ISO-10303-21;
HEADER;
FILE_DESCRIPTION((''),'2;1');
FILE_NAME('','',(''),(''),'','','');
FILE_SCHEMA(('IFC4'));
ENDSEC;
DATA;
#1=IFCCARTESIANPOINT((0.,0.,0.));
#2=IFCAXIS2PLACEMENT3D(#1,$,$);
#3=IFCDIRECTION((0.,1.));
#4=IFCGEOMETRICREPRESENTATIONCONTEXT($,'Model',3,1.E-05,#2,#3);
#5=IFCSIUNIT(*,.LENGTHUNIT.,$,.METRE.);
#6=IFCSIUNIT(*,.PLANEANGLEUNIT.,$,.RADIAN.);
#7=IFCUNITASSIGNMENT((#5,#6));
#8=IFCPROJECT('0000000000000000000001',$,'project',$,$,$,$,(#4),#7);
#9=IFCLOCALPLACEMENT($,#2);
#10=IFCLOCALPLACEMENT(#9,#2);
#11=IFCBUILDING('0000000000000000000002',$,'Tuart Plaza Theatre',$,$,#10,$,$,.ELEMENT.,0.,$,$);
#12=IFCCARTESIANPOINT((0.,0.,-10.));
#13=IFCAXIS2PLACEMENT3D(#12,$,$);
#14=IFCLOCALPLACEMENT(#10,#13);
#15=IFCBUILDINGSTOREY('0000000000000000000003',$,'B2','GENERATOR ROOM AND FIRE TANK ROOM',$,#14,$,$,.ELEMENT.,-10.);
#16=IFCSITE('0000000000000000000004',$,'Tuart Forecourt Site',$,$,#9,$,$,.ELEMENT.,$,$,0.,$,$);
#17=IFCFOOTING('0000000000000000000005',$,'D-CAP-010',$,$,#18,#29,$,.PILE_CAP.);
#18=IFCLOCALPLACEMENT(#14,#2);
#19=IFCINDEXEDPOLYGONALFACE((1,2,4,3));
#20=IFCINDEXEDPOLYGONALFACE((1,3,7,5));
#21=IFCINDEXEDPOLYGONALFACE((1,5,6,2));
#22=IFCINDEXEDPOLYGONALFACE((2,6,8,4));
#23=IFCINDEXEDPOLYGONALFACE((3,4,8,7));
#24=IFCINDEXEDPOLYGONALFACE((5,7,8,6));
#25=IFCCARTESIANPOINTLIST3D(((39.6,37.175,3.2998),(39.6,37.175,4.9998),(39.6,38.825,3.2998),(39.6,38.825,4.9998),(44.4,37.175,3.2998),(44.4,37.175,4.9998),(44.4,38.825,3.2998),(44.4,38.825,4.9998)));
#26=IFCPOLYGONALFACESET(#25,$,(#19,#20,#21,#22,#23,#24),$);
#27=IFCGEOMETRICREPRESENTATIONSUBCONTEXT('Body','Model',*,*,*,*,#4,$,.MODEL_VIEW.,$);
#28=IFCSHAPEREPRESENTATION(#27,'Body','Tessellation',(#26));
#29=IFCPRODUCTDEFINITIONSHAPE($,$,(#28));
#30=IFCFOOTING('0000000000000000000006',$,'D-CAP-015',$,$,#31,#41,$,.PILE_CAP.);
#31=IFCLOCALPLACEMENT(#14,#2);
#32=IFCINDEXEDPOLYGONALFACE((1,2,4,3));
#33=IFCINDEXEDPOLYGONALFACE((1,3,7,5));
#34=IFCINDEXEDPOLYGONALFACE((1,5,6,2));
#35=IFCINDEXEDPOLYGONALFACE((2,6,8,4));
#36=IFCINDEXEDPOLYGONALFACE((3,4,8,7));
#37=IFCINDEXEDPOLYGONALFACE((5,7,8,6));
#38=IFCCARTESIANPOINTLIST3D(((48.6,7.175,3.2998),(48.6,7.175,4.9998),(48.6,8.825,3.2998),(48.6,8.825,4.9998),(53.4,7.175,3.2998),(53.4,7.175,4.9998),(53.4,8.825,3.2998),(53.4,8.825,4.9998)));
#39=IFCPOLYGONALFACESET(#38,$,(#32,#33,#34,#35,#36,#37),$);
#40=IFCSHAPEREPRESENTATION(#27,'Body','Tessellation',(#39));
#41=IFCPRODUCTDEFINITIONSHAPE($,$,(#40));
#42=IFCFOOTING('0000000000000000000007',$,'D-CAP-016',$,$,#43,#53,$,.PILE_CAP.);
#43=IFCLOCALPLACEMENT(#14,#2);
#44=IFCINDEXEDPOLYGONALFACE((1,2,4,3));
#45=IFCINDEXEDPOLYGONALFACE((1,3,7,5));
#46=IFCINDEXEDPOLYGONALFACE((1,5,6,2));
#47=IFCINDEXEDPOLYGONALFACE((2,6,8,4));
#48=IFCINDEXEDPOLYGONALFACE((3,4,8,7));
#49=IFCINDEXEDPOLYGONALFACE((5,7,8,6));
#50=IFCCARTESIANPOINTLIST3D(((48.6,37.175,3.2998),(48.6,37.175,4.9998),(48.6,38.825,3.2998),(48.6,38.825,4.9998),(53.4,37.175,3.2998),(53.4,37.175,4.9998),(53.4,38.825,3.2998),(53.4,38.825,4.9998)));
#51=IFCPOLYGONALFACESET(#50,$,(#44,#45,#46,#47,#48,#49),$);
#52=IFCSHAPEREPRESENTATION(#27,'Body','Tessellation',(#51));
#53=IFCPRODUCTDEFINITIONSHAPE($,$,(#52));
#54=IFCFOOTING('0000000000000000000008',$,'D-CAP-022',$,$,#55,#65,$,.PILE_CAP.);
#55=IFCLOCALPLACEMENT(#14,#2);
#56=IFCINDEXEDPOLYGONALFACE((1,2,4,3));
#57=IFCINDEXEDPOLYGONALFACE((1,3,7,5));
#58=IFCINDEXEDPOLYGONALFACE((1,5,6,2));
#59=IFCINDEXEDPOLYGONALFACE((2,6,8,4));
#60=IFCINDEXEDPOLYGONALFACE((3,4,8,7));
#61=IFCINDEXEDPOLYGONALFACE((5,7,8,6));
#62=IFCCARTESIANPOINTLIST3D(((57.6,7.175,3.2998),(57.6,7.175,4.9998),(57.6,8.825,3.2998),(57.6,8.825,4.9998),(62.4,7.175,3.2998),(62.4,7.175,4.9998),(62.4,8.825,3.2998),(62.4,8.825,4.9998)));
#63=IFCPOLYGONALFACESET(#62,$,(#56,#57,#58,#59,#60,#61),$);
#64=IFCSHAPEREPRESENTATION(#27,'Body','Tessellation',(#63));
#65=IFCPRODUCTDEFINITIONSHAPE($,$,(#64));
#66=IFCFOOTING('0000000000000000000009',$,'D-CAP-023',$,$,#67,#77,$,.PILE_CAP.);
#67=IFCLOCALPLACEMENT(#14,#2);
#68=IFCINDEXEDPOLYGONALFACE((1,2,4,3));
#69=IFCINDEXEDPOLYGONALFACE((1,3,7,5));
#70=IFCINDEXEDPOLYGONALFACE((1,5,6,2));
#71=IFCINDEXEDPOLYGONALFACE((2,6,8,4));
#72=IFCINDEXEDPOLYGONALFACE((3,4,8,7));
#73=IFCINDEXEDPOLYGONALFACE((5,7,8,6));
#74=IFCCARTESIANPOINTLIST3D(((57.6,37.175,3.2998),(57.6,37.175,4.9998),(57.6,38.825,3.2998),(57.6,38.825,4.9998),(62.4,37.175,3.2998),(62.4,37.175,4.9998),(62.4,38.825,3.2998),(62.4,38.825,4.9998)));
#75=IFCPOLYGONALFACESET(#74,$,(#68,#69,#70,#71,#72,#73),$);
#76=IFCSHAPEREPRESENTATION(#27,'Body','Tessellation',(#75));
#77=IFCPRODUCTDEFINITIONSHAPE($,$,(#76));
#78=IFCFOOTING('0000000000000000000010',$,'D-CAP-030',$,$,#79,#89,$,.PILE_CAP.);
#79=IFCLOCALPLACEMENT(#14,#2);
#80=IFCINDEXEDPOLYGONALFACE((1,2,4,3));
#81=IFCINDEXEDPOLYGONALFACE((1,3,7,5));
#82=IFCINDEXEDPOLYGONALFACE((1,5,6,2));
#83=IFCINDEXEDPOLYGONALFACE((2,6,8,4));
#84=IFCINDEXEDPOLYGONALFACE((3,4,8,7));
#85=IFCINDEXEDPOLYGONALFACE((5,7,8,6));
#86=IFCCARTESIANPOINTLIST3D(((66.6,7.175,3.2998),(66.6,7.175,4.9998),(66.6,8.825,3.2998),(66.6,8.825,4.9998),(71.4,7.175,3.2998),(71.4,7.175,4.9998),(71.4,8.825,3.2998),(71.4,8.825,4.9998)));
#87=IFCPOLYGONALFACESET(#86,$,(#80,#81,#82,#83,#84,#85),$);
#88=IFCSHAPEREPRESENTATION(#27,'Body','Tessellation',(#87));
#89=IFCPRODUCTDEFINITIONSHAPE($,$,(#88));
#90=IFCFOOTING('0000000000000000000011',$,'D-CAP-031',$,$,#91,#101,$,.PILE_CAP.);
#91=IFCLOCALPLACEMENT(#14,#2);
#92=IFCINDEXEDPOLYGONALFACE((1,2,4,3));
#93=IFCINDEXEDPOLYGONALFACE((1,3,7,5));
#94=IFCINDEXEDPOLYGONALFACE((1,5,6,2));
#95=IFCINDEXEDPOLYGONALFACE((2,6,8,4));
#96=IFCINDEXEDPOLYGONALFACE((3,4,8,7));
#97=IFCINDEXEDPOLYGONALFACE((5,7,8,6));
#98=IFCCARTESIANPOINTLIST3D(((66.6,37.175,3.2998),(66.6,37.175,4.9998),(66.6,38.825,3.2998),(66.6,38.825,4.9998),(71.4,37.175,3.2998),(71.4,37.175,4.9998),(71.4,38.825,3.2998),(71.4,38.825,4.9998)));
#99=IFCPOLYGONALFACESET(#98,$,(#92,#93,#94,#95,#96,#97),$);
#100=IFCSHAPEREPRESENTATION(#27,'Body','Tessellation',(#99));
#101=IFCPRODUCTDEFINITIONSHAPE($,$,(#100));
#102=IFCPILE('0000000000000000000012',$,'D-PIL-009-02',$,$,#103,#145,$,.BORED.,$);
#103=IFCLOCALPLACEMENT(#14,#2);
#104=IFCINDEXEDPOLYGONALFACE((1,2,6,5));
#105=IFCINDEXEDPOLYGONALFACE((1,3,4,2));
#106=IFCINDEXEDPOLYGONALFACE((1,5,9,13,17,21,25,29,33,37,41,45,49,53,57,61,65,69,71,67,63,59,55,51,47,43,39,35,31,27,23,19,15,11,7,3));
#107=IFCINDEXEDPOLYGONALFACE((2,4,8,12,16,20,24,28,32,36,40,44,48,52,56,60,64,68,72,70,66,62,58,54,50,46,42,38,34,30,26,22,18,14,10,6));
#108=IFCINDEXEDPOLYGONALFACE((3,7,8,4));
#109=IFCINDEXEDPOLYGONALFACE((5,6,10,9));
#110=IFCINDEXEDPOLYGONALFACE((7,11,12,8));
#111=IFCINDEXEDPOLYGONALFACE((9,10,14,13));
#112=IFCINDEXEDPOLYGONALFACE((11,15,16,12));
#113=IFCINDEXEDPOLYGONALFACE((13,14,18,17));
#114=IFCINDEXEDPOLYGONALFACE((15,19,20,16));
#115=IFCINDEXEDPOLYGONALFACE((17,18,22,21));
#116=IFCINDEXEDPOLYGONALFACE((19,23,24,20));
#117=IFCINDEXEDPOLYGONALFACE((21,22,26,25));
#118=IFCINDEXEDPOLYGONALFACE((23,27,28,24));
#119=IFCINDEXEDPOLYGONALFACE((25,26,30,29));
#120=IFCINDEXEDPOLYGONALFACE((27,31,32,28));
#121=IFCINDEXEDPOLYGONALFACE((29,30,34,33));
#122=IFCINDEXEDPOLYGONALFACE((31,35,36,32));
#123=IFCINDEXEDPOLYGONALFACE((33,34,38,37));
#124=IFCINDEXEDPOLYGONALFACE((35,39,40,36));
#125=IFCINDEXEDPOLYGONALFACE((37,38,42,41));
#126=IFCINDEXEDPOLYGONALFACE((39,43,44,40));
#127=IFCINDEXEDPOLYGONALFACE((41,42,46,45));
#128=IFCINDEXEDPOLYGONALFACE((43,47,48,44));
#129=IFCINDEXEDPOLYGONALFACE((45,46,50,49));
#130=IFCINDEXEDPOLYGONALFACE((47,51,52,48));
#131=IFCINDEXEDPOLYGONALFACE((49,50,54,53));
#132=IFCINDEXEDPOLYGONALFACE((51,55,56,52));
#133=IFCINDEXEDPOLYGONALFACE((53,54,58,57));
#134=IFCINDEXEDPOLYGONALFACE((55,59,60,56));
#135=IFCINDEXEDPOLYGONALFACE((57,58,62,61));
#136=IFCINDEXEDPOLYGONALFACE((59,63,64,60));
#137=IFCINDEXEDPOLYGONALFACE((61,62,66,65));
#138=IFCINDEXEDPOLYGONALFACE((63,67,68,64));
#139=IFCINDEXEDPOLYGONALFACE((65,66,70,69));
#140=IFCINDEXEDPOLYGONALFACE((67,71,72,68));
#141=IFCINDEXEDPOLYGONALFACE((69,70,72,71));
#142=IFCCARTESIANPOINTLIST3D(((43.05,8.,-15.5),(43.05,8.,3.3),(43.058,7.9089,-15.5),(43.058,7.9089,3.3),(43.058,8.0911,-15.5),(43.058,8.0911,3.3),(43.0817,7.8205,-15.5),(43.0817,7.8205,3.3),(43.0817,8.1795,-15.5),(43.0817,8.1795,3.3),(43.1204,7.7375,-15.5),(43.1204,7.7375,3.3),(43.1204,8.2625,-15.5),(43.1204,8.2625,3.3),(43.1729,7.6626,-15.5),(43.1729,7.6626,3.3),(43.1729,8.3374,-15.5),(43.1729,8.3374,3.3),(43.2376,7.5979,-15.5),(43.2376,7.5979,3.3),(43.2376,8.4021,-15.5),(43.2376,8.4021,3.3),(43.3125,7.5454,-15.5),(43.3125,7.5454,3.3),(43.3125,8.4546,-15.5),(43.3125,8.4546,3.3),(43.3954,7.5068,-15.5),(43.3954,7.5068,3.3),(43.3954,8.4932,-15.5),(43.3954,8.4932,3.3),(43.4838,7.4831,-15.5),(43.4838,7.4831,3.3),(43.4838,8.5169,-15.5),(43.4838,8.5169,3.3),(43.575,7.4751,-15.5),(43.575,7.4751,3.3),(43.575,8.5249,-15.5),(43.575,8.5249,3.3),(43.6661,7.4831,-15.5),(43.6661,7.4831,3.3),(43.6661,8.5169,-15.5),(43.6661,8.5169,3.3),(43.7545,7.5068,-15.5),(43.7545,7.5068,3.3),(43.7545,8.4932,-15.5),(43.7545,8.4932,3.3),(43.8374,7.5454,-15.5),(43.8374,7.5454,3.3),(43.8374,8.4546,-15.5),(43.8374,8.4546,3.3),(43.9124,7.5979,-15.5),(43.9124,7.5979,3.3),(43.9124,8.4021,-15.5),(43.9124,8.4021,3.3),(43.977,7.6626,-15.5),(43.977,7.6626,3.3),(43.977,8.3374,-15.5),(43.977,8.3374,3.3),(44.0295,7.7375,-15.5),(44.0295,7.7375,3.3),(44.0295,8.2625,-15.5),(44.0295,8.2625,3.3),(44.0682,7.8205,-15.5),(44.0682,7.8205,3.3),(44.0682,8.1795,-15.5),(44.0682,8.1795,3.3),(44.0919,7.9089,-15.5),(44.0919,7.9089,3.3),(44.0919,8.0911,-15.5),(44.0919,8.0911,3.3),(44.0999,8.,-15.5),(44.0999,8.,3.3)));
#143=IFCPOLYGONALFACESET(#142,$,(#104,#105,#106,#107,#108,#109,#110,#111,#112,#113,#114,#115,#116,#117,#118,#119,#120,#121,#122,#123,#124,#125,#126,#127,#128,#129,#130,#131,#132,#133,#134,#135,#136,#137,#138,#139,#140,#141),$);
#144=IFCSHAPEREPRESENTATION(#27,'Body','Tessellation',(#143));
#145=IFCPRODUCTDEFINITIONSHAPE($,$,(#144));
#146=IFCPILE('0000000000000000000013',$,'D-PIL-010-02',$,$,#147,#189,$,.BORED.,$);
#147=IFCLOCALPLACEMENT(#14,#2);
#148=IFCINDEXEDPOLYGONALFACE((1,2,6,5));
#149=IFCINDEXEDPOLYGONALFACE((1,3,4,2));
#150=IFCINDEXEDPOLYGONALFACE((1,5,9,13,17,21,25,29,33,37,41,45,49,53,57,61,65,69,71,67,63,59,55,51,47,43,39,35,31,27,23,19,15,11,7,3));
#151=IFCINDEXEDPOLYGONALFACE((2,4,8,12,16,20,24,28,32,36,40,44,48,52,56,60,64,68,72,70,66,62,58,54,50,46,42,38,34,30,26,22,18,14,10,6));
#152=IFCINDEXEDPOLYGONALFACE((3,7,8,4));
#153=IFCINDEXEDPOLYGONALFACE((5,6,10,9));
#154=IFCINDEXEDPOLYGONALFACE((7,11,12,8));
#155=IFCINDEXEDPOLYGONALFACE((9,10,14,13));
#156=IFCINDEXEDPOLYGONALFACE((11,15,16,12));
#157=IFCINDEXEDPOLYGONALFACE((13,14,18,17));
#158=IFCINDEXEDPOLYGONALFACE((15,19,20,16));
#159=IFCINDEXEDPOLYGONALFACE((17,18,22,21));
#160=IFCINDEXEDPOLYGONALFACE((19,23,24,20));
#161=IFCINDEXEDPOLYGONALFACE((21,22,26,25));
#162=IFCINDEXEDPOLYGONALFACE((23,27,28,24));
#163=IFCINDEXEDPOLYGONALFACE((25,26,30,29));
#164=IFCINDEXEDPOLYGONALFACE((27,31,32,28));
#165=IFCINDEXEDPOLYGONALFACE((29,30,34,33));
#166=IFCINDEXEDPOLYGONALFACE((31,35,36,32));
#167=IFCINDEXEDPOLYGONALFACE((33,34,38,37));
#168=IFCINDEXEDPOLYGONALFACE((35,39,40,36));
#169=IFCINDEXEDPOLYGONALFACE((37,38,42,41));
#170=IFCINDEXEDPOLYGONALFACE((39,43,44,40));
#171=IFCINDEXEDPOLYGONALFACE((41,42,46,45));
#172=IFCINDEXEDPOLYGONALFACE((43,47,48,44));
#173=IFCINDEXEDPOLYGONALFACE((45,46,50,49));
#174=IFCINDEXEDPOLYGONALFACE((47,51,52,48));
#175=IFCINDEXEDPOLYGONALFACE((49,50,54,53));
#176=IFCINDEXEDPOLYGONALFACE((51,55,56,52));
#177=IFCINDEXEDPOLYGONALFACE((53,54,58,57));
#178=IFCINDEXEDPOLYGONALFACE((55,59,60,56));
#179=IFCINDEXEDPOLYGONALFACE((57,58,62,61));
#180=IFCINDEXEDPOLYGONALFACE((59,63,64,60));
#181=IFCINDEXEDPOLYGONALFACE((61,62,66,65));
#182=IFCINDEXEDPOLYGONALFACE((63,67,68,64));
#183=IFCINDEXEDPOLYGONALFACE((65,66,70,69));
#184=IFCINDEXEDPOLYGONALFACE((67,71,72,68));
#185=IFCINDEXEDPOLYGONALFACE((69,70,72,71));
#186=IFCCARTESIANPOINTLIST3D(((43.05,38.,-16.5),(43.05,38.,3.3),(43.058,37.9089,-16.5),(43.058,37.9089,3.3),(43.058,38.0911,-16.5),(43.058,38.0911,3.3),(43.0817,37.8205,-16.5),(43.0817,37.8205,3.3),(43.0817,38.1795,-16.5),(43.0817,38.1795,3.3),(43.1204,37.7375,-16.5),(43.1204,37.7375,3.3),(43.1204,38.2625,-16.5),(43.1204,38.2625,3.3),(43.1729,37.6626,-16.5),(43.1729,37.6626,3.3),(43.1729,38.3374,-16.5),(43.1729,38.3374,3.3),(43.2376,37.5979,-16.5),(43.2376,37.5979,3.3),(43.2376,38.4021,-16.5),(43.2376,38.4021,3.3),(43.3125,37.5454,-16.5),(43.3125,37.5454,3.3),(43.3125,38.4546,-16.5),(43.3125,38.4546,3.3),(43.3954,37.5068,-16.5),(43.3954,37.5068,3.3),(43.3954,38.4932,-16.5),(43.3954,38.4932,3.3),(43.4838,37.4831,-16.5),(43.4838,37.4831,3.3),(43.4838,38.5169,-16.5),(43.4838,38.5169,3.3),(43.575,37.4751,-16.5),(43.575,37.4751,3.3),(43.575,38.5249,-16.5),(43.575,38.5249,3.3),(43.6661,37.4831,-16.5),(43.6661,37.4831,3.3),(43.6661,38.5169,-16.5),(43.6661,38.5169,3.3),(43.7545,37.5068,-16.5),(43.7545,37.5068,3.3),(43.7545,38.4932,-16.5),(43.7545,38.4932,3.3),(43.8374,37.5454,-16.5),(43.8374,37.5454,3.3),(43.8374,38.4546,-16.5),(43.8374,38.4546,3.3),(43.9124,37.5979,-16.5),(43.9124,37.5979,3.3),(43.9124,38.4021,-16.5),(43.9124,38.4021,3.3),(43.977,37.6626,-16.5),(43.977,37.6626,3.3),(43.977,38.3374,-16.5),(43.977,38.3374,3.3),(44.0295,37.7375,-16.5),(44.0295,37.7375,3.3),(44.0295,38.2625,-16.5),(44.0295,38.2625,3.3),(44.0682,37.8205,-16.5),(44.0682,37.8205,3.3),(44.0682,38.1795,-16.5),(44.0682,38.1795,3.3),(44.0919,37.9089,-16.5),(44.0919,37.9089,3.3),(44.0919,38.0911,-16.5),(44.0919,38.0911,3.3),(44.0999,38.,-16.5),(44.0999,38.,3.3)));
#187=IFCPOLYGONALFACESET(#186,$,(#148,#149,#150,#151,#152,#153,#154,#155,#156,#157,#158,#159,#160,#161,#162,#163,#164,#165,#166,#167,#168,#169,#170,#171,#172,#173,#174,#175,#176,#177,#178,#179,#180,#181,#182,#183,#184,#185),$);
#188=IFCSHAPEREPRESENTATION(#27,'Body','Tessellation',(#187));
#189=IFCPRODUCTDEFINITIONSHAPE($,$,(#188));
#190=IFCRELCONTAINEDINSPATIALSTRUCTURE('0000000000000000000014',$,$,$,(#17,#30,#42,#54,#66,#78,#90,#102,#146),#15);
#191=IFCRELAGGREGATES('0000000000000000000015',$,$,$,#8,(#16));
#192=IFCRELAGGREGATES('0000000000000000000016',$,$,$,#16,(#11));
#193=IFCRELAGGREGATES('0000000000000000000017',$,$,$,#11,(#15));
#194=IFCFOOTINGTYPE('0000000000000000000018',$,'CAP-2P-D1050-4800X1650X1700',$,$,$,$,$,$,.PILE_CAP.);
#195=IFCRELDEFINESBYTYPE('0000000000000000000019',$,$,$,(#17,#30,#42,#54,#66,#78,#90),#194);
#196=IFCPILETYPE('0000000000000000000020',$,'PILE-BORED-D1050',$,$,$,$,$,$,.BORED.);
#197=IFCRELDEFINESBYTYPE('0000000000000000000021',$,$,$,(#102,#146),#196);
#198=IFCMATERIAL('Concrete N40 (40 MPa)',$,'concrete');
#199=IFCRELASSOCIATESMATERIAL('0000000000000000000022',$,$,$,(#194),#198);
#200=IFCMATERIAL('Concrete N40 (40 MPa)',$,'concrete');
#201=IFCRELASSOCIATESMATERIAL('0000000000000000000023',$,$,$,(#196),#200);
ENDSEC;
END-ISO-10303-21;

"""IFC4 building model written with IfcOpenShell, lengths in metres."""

from ifc_helpers import new_model, si_unit, direction, frame, origin, origin_2d, place, context, subcontext, project, spatial, rectangle, circle, extrude, material, material_profile, profile_set, type_object, element, save


model = new_model("IFC4")

# Units and contexts
model_context = context("Model", 3, precision=1e-05, world=origin(), true_north=direction((0.0, 1.0)))
body_context = subcontext(model_context, "Body", "Model", "MODEL_VIEW")
ifc_project = project(units=[si_unit("LENGTHUNIT", "METRE"), si_unit("PLANEANGLEUNIT", "RADIAN")], contexts=[model_context])

# Site, building, storey
site_placement = place(None, origin())
site = spatial("IfcSite", under=ifc_project, at=site_placement, Name="Tuart Forecourt Site", CompositionType="ELEMENT", RefElevation=0.0)
building_placement = place(site_placement, origin())
building = spatial("IfcBuilding", under=site, at=building_placement, Name="Tuart Plaza Theatre", CompositionType="ELEMENT", ElevationOfRefHeight=0.0)
storey_placement = place(building_placement, frame((0.0, 0.0, -10.0)))
storey = spatial("IfcBuildingStorey", under=building, at=storey_placement, Name="B2", Description="GENERATOR ROOM AND FIRE TANK ROOM", CompositionType="ELEMENT", Elevation=-10.0)

# Footings
ifc_material_1 = material(Name="Concrete N40 (40 MPa)", Category="concrete")
footing_type = type_object("IfcFootingType", Name="CAP-2P-D1050-4800X1650X1700", PredefinedType="PILE_CAP", material=ifc_material_1)
for number, where, z_axis, x_axis, name in (
    (1, (42.0, 38.0, 3.2998), (0.0, 0.0, 1.0), (1.0, 0.0, 0.0), "D-CAP-010"),
    (2, (51.0, 8.0, 3.2998), (0.0, 0.0, 1.0), (1.0, 0.0, 0.0), "D-CAP-015"),
    (3, (51.0, 38.0, 3.2998), (0.0, 0.0, 1.0), (1.0, 0.0, 0.0), "D-CAP-016"),
    (4, (60.0, 8.0, 3.2998), (0.0, 0.0, 1.0), (1.0, 0.0, 0.0), "D-CAP-022"),
    (5, (60.0, 38.0, 3.2998), (0.0, 0.0, 1.0), (1.0, 0.0, 0.0), "D-CAP-023"),
    (6, (69.0, 8.0, 3.2998), (0.0, 0.0, 1.0), (1.0, 0.0, 0.0), "D-CAP-030"),
    (7, (69.0, 38.0, 3.2998), (0.0, 0.0, 1.0), (1.0, 0.0, 0.0), "D-CAP-031"),
):
    element("IfcFooting", number, at=place(storey_placement, frame(where, z_axis=z_axis, x_axis=x_axis)), inside=storey, type_object=footing_type, Name=name, PredefinedType="PILE_CAP", context=body_context, shape_type="SweptSolid", body=[
        extrude(rectangle(XDim=4.8, YDim=1.6499, at=origin_2d()), origin(), (0.0, 0.0, 1.0), 1.7),
    ])

# Piles
ifc_material_2 = material(Name="Concrete N40 (40 MPa)", Category="concrete")
ifc_material_profile_1 = material_profile(ifc_material_2, circle(Radius=0.5249, at=origin_2d()), Name="PILE-BORED-D1050")
ifc_profile_set_1 = profile_set([ifc_material_profile_1], Name="Concrete N40 (40 MPa)")
pile_type_1 = type_object("IfcPileType", Name="PILE-BORED-D1050", PredefinedType="BORED", material=ifc_profile_set_1)
pile_1_placement = place(storey_placement, frame((43.575, 8.0, 3.3), z_axis=(0.0, 0.0, -1.0), x_axis=(1.0, 0.0, 0.0)))
element("IfcPile", 8, at=pile_1_placement, inside=storey, type_object=pile_type_1, Name="D-PIL-009-02", PredefinedType="BORED", context=body_context, shape_type="SweptSolid", body=[
    extrude(circle(Radius=0.5249, at=origin_2d()), origin(), (0.0, 0.0, 1.0), 18.8),
])
pile_2_placement = place(storey_placement, frame((43.575, 38.0, 3.3), z_axis=(0.0, 0.0, -1.0), x_axis=(1.0, 0.0, 0.0)))
element("IfcPile", 9, at=pile_2_placement, inside=storey, type_object=pile_type_1, Name="D-PIL-010-02", PredefinedType="BORED", context=body_context, shape_type="SweptSolid", body=[
    extrude(circle(Radius=0.5249, at=origin_2d()), origin(), (0.0, 0.0, 1.0), 19.8),
])

save(model, "model.ifc")
